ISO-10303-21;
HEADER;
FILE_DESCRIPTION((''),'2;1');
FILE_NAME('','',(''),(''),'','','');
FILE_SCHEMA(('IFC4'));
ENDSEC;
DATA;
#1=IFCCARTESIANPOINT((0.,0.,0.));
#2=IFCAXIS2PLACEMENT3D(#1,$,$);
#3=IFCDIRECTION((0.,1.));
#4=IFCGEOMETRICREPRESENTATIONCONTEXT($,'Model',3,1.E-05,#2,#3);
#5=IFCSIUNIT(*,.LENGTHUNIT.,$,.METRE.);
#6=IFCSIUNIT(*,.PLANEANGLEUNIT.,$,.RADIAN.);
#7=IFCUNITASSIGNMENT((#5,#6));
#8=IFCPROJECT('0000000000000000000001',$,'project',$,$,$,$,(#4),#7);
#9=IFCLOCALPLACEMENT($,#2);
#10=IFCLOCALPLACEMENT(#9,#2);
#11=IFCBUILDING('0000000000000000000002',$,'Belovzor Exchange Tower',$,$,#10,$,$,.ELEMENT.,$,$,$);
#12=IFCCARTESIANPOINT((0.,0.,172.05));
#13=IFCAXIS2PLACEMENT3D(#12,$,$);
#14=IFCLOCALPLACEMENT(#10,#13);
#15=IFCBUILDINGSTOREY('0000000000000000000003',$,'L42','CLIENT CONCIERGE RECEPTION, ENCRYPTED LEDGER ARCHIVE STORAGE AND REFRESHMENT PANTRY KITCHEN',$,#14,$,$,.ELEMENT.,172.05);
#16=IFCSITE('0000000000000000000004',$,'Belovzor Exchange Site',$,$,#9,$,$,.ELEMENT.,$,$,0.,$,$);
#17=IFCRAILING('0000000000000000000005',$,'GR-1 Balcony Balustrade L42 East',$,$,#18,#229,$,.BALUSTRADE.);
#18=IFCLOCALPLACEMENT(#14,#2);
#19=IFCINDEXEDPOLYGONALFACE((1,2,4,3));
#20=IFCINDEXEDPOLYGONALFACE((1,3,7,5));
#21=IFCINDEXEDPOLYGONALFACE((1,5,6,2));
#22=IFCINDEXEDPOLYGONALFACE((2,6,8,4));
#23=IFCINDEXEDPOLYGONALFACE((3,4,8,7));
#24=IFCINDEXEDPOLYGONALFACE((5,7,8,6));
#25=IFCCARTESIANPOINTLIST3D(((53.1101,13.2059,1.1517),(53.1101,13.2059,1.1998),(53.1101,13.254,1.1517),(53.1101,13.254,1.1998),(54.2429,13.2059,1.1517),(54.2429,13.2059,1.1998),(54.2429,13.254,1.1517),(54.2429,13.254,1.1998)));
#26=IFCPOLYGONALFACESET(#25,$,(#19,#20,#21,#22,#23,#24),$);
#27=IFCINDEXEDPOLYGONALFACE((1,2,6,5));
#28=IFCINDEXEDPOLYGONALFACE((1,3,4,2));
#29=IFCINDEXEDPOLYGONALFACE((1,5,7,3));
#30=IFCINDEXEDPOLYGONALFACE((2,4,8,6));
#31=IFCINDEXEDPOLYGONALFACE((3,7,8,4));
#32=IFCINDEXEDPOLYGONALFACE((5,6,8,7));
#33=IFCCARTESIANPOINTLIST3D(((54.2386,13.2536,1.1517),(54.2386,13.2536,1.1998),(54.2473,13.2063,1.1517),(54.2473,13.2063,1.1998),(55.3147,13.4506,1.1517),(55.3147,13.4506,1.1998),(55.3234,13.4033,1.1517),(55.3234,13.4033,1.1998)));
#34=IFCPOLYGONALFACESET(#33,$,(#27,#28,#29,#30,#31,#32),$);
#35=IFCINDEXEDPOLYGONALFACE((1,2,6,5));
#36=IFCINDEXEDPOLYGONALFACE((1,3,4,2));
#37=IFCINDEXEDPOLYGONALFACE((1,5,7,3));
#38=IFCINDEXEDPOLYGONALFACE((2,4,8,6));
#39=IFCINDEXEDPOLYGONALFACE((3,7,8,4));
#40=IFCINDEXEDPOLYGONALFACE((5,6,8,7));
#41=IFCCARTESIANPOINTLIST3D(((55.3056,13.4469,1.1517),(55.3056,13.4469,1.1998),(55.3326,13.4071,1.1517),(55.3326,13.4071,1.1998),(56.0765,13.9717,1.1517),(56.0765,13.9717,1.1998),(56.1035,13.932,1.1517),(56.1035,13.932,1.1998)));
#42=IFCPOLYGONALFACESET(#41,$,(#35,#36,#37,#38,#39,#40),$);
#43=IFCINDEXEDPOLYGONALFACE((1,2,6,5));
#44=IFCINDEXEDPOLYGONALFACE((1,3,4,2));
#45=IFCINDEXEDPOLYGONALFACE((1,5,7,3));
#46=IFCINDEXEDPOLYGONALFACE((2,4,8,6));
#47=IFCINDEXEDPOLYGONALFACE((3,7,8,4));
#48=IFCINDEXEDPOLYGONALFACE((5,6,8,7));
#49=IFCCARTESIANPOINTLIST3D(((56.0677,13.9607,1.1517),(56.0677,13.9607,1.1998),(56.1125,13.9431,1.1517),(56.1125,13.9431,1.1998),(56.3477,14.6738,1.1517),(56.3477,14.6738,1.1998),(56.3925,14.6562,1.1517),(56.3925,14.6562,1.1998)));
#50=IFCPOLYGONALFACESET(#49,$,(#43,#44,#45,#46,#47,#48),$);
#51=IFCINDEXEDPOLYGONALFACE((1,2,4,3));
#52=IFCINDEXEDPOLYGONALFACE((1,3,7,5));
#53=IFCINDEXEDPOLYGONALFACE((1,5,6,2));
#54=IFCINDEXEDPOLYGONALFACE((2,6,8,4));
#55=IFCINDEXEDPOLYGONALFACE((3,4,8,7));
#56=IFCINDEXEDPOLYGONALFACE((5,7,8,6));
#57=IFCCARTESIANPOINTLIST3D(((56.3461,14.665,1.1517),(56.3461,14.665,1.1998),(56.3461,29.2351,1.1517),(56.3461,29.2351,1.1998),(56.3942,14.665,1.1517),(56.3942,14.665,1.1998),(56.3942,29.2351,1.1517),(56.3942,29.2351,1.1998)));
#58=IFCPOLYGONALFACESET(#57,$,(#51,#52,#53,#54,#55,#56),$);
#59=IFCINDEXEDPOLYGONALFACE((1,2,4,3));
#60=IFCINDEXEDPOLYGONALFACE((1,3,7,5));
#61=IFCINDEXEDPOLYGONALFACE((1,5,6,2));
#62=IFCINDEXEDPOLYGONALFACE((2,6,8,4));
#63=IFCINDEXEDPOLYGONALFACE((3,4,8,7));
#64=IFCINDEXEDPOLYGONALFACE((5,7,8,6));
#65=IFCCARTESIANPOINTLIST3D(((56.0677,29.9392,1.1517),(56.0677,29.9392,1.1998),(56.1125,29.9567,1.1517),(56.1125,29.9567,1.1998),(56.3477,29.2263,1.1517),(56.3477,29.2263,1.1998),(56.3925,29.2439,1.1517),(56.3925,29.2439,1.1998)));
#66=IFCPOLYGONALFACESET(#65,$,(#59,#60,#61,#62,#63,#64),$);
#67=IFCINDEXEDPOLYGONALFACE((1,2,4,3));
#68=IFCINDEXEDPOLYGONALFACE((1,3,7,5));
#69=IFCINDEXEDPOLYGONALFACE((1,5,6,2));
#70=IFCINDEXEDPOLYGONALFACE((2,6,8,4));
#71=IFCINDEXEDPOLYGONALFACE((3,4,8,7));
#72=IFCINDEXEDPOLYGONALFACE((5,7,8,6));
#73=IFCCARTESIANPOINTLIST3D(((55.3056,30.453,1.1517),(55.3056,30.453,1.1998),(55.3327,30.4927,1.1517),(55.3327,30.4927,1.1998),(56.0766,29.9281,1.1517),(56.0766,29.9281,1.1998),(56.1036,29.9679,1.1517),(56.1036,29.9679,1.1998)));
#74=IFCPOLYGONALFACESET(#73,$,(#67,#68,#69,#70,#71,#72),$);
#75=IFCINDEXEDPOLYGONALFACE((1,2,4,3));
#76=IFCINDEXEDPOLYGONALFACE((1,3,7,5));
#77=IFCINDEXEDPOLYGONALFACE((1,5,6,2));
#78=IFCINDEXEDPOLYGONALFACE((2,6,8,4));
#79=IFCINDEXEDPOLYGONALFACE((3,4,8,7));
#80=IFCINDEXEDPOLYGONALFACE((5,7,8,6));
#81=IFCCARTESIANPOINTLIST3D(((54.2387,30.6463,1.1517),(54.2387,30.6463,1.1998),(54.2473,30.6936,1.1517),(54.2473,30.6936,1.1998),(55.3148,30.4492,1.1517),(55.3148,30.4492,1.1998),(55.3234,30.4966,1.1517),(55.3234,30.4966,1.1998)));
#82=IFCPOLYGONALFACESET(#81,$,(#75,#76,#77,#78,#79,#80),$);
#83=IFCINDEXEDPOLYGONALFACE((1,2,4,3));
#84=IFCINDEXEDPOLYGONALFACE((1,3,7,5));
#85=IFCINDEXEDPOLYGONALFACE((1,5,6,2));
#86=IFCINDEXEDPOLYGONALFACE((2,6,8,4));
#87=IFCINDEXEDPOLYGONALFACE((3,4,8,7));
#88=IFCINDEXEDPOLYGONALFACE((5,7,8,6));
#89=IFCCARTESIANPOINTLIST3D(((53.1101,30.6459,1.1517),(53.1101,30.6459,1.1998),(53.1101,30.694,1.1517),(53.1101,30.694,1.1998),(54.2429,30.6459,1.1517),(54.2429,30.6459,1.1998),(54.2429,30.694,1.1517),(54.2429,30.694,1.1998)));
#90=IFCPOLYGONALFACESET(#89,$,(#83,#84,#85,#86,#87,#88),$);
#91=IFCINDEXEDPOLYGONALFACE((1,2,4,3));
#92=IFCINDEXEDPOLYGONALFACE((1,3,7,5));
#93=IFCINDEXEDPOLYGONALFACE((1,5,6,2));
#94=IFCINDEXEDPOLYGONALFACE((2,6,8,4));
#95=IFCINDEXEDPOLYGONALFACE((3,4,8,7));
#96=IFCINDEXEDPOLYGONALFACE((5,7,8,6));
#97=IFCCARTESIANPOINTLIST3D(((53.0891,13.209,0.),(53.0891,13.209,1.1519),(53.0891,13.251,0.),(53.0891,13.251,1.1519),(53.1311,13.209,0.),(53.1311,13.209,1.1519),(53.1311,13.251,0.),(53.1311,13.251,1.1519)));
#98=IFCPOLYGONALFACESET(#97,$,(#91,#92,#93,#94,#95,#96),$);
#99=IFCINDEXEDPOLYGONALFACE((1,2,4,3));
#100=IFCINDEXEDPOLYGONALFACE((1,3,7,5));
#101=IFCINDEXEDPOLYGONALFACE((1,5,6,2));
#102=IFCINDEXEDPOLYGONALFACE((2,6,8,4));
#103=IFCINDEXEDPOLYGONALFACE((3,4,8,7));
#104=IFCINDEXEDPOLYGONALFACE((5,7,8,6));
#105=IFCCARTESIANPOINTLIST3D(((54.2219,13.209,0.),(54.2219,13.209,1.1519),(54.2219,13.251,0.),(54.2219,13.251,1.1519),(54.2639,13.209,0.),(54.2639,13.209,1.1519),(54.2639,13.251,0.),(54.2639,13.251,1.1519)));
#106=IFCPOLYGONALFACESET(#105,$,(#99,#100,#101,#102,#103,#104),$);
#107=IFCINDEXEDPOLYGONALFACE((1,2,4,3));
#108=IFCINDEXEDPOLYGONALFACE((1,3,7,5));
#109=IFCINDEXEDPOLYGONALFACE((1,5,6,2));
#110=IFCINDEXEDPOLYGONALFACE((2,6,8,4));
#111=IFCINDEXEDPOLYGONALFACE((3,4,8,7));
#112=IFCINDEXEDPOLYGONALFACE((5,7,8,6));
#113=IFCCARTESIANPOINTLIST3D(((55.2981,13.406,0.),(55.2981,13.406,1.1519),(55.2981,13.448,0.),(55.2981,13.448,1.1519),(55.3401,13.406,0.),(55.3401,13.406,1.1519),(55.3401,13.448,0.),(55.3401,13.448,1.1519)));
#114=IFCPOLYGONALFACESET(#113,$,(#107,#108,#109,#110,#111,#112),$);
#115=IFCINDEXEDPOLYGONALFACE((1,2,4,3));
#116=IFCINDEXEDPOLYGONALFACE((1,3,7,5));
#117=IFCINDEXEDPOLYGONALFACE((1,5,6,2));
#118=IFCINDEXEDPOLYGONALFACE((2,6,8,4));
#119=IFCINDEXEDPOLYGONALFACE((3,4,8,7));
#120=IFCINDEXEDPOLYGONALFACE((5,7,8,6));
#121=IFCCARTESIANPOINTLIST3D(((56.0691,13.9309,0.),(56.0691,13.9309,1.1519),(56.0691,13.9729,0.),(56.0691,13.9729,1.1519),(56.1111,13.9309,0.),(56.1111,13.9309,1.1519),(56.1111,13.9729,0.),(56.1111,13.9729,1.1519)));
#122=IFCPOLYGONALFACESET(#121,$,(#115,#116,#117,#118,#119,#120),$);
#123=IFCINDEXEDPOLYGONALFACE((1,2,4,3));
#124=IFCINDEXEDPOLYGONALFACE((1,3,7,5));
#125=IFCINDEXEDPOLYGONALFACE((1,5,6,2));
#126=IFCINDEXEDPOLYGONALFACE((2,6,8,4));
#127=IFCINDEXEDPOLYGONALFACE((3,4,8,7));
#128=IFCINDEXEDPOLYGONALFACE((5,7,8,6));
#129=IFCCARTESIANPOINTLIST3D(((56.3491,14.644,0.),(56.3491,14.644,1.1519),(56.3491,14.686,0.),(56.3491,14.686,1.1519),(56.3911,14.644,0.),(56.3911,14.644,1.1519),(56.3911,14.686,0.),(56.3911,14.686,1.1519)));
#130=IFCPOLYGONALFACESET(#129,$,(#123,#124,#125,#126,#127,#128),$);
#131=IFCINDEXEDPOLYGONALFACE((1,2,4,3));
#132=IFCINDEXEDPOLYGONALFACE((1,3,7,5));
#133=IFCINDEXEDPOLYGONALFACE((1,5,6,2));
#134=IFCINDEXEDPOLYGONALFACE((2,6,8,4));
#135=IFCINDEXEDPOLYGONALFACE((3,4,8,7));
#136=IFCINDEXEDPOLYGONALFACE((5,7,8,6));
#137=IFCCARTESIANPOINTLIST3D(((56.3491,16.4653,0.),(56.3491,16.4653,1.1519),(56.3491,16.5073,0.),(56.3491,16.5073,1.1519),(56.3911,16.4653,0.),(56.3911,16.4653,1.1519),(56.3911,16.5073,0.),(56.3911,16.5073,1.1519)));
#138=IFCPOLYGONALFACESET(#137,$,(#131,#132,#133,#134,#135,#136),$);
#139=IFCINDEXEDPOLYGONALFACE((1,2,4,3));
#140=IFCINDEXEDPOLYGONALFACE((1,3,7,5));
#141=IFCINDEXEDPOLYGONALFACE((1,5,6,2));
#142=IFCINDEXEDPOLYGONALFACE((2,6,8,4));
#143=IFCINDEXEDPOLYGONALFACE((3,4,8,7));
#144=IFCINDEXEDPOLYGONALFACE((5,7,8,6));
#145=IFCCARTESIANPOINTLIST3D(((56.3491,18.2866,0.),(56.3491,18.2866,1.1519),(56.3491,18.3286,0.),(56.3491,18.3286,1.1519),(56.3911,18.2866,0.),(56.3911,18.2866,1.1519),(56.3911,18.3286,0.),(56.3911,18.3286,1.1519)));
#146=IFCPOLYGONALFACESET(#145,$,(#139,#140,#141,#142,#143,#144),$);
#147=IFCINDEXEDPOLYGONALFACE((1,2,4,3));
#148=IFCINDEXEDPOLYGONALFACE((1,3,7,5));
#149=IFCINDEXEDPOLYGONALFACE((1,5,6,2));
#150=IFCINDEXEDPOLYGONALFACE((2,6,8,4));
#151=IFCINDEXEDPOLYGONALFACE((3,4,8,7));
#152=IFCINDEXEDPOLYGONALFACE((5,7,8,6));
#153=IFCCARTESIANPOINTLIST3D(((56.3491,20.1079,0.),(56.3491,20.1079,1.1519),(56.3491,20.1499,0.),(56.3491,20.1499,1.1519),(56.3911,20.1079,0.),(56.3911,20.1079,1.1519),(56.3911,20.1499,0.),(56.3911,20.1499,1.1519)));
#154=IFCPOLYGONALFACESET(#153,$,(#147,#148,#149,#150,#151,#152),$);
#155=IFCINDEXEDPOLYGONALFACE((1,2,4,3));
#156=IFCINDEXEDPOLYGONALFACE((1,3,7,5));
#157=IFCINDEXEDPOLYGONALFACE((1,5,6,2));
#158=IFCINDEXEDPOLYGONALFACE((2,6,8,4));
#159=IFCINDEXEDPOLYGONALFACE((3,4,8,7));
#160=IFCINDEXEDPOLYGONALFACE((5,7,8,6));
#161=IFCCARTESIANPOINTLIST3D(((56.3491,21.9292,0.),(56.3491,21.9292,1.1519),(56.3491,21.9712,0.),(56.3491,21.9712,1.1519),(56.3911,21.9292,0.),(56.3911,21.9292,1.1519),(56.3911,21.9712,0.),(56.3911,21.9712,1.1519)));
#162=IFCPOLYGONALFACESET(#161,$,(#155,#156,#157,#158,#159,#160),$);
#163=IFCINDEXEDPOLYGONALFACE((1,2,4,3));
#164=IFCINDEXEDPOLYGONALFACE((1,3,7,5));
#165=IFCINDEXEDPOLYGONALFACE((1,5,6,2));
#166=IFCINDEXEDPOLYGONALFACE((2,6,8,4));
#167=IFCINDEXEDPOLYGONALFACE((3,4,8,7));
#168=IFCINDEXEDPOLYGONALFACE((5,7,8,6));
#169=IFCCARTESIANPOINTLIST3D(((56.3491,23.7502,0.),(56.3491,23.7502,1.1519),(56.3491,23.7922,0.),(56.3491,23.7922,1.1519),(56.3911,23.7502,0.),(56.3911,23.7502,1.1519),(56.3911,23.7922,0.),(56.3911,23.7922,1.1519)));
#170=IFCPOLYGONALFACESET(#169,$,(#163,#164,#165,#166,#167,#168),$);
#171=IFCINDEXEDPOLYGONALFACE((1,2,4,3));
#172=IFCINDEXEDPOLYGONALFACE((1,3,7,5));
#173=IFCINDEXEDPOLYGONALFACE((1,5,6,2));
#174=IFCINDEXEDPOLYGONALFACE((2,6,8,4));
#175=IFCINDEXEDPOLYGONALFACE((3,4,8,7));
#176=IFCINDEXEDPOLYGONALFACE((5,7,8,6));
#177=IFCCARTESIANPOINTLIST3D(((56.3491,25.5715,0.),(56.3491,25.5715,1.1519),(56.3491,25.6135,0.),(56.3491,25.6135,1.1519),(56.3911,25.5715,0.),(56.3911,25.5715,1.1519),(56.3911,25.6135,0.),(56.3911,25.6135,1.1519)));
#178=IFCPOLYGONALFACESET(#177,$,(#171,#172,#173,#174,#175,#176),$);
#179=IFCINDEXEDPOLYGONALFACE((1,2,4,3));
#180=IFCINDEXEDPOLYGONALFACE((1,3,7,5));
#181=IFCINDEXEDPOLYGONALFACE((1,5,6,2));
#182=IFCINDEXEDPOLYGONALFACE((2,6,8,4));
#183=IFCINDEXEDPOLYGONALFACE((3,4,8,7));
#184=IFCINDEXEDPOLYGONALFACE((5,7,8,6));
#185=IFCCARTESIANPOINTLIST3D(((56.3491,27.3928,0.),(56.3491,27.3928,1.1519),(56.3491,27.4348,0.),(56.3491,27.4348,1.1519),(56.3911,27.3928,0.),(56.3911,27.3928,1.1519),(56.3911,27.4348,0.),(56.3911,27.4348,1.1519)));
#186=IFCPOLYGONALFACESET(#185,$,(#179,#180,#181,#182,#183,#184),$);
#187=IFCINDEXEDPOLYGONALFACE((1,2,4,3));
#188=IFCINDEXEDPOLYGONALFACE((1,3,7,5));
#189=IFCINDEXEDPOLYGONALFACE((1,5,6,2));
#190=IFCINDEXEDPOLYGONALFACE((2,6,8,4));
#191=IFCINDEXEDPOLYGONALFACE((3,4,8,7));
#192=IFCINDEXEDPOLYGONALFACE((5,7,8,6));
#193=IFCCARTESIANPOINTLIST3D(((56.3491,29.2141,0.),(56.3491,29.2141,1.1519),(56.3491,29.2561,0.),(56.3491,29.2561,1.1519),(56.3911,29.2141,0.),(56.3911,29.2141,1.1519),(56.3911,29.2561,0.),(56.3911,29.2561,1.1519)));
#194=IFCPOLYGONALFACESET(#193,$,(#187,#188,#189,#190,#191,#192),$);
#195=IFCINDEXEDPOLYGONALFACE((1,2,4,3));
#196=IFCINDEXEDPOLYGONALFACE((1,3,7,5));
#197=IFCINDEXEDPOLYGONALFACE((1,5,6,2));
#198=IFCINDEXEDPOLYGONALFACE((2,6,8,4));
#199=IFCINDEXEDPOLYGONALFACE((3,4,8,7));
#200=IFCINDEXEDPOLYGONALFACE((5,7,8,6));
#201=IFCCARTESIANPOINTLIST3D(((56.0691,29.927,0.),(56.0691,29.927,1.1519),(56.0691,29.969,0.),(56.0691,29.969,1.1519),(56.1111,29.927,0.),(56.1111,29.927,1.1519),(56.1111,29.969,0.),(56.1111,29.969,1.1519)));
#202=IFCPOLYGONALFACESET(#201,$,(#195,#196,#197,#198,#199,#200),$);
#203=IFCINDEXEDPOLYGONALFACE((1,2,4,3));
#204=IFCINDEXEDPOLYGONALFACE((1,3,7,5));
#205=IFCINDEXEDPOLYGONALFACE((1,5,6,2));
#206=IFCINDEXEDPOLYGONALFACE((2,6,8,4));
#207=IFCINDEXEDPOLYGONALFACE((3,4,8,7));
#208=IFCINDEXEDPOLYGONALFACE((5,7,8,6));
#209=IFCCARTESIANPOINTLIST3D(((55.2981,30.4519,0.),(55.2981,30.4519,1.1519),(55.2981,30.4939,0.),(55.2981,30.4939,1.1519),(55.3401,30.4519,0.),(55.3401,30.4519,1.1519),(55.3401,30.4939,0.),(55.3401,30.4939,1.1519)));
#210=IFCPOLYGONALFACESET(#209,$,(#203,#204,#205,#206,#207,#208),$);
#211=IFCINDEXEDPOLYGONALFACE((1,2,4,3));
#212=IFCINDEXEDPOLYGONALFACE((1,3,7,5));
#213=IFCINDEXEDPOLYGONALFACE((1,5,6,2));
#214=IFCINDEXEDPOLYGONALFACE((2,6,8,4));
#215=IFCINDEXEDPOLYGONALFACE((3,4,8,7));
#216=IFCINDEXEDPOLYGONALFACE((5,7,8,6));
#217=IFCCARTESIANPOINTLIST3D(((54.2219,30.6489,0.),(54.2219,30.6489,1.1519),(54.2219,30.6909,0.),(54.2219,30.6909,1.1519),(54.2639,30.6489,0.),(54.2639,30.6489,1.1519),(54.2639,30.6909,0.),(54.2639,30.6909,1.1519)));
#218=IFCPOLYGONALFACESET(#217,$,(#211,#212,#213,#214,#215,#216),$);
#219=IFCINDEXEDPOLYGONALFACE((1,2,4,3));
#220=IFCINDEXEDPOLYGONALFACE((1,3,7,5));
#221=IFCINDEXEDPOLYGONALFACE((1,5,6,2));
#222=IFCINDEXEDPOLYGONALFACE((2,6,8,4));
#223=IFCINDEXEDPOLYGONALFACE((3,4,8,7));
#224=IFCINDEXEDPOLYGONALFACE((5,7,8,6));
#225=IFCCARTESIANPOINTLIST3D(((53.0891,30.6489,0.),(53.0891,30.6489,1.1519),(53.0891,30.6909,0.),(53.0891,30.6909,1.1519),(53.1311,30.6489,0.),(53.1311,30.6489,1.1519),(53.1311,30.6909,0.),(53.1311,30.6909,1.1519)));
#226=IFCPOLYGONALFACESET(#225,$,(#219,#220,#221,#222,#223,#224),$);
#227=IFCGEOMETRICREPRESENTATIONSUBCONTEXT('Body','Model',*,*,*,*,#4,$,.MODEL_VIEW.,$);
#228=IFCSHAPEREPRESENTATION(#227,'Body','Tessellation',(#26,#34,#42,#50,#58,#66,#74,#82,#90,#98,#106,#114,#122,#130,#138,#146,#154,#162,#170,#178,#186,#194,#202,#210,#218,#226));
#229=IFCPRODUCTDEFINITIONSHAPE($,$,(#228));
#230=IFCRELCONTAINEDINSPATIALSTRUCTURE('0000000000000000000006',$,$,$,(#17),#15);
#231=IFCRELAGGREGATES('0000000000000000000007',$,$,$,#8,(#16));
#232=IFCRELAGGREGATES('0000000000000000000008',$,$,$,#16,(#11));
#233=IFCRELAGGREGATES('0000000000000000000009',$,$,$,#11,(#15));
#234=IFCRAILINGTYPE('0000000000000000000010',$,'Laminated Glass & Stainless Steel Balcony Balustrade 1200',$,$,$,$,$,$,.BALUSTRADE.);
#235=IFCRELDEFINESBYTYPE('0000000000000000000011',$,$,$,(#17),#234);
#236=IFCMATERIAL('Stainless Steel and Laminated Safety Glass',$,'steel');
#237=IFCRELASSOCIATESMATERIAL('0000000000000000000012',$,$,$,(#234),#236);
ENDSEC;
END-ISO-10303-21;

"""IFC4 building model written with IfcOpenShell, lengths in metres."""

from ifc_helpers import new_model, si_unit, direction, frame, origin, origin_2d, place, context, subcontext, project, spatial, rectangle, extrude, material, type_object, element, save


model = new_model("IFC4")

# Units and contexts
model_context = context("Model", 3, precision=1e-05, world=origin(), true_north=direction((0.0, 1.0)))
body_context = subcontext(model_context, "Body", "Model", "MODEL_VIEW")
ifc_project = project(units=[si_unit("LENGTHUNIT", "METRE"), si_unit("PLANEANGLEUNIT", "RADIAN")], contexts=[model_context])

# Site, building, storey
site_placement = place(None, origin())
site = spatial("IfcSite", under=ifc_project, at=site_placement, Name="Belovzor Exchange Site", CompositionType="ELEMENT", RefElevation=0.0)
building_placement = place(site_placement, origin())
building = spatial("IfcBuilding", under=site, at=building_placement, Name="Belovzor Exchange Tower", CompositionType="ELEMENT")
storey_placement = place(building_placement, frame((0.0, 0.0, 172.05)))
storey = spatial("IfcBuildingStorey", under=building, at=storey_placement, Name="L42", Description="CLIENT CONCIERGE RECEPTION, ENCRYPTED LEDGER ARCHIVE STORAGE AND REFRESHMENT PANTRY KITCHEN", CompositionType="ELEMENT", Elevation=172.05)

# Railing
ifc_material_1 = material(Name="Stainless Steel and Laminated Safety Glass", Category="steel")
railing_type = type_object("IfcRailingType", Name="Laminated Glass & Stainless Steel Balcony Balustrade 1200", PredefinedType="BALUSTRADE", material=ifc_material_1)
railing_placement = place(storey_placement, frame((53.1101, 13.23, 0.0)))
element("IfcRailing", 1, at=railing_placement, inside=storey, type_object=railing_type, Name="GR-1 Balcony Balustrade L42 East", PredefinedType="BALUSTRADE", context=body_context, shape_type="SweptSolid", body=[
    extrude(rectangle(XDim=0.0481, YDim=0.0481, at=origin_2d()), frame((0.0, 0.0, 1.1758), z_axis=(1.0, 0.0, 0.0), x_axis=(0.0, 1.0, 0.0)), (0.0, 0.0, 1.0), 1.1328),
    extrude(rectangle(XDim=0.0481, YDim=0.0481, at=origin_2d()), frame((1.1328, 0.0, 1.1758), z_axis=(0.983651, 0.180083, 0.0), x_axis=(-0.180083, 0.983651, 0.0)), (0.0, 0.0, 1.0), 1.094),
    extrude(rectangle(XDim=0.0481, YDim=0.0481, at=origin_2d()), frame((2.209, 0.197, 1.1758), z_axis=(0.826615, 0.562768, 0.0), x_axis=(-0.562768, 0.826615, 0.0)), (0.0, 0.0, 1.0), 0.9326),
    extrude(rectangle(XDim=0.0481, YDim=0.0481, at=origin_2d()), frame((2.98, 0.7219, 1.1758), z_axis=(0.365504, 0.93081, 0.0), x_axis=(-0.93081, 0.365504, 0.0)), (0.0, 0.0, 1.0), 0.7661),
    extrude(rectangle(XDim=0.0481, YDim=0.0481, at=origin_2d()), frame((3.26, 1.4351, 1.1758), z_axis=(0.0, 1.0, 0.0), x_axis=(-1.0, 0.0, 0.0)), (0.0, 0.0, 1.0), 14.5701),
    extrude(rectangle(XDim=0.0481, YDim=0.0481, at=origin_2d()), frame((3.26, 16.0051, 1.1758), z_axis=(-0.365613, 0.930767, 0.0), x_axis=(-0.930767, -0.365613, 0.0)), (0.0, 0.0, 1.0), 0.7659),
    extrude(rectangle(XDim=0.0481, YDim=0.0481, at=origin_2d()), frame((2.98, 16.718, 1.1758), z_axis=(-0.826615, 0.562768, 0.0), x_axis=(-0.562768, -0.826615, 0.0)), (0.0, 0.0, 1.0), 0.9326),
    extrude(rectangle(XDim=0.0481, YDim=0.0481, at=origin_2d()), frame((2.209, 17.2429, 1.1758), z_axis=(-0.983651, 0.180083, 0.0), x_axis=(-0.180083, -0.983651, 0.0)), (0.0, 0.0, 1.0), 1.094),
    extrude(rectangle(XDim=0.0481, YDim=0.0481, at=origin_2d()), frame((1.1328, 17.4399, 1.1758), z_axis=(-1.0, 0.0, 0.0), x_axis=(0.0, -1.0, 0.0)), (0.0, 0.0, 1.0), 1.1328),
    extrude(rectangle(XDim=0.042, YDim=0.042, at=origin_2d()), origin(), (0.0, 0.0, 1.0), 1.1519),
    extrude(rectangle(XDim=0.042, YDim=0.042, at=origin_2d()), frame((1.1328, 0.0, 0.0)), (0.0, 0.0, 1.0), 1.1519),
    extrude(rectangle(XDim=0.042, YDim=0.042, at=origin_2d()), frame((2.209, 0.197, 0.0)), (0.0, 0.0, 1.0), 1.1519),
    extrude(rectangle(XDim=0.042, YDim=0.042, at=origin_2d()), frame((2.98, 0.7219, 0.0)), (0.0, 0.0, 1.0), 1.1519),
    extrude(rectangle(XDim=0.042, YDim=0.042, at=origin_2d()), frame((3.26, 1.4351, 0.0)), (0.0, 0.0, 1.0), 1.1519),
    extrude(rectangle(XDim=0.042, YDim=0.042, at=origin_2d()), frame((3.26, 3.2563, 0.0)), (0.0, 0.0, 1.0), 1.1519),
    extrude(rectangle(XDim=0.042, YDim=0.042, at=origin_2d()), frame((3.26, 5.0776, 0.0)), (0.0, 0.0, 1.0), 1.1519),
    extrude(rectangle(XDim=0.042, YDim=0.042, at=origin_2d()), frame((3.26, 6.8989, 0.0)), (0.0, 0.0, 1.0), 1.1519),
    extrude(rectangle(XDim=0.042, YDim=0.042, at=origin_2d()), frame((3.26, 8.7202, 0.0)), (0.0, 0.0, 1.0), 1.1519),
    extrude(rectangle(XDim=0.042, YDim=0.042, at=origin_2d()), frame((3.26, 10.5413, 0.0)), (0.0, 0.0, 1.0), 1.1519),
    extrude(rectangle(XDim=0.042, YDim=0.042, at=origin_2d()), frame((3.26, 12.3625, 0.0)), (0.0, 0.0, 1.0), 1.1519),
    extrude(rectangle(XDim=0.042, YDim=0.042, at=origin_2d()), frame((3.26, 14.1838, 0.0)), (0.0, 0.0, 1.0), 1.1519),
    extrude(rectangle(XDim=0.042, YDim=0.042, at=origin_2d()), frame((3.26, 16.0051, 0.0)), (0.0, 0.0, 1.0), 1.1519),
    extrude(rectangle(XDim=0.042, YDim=0.042, at=origin_2d()), frame((2.98, 16.718, 0.0)), (0.0, 0.0, 1.0), 1.1519),
    extrude(rectangle(XDim=0.042, YDim=0.042, at=origin_2d()), frame((2.209, 17.2429, 0.0)), (0.0, 0.0, 1.0), 1.1519),
    extrude(rectangle(XDim=0.042, YDim=0.042, at=origin_2d()), frame((1.1328, 17.4399, 0.0)), (0.0, 0.0, 1.0), 1.1519),
    extrude(rectangle(XDim=0.042, YDim=0.042, at=origin_2d()), frame((0.0, 17.4399, 0.0)), (0.0, 0.0, 1.0), 1.1519),
])

save(model, "model.ifc")
